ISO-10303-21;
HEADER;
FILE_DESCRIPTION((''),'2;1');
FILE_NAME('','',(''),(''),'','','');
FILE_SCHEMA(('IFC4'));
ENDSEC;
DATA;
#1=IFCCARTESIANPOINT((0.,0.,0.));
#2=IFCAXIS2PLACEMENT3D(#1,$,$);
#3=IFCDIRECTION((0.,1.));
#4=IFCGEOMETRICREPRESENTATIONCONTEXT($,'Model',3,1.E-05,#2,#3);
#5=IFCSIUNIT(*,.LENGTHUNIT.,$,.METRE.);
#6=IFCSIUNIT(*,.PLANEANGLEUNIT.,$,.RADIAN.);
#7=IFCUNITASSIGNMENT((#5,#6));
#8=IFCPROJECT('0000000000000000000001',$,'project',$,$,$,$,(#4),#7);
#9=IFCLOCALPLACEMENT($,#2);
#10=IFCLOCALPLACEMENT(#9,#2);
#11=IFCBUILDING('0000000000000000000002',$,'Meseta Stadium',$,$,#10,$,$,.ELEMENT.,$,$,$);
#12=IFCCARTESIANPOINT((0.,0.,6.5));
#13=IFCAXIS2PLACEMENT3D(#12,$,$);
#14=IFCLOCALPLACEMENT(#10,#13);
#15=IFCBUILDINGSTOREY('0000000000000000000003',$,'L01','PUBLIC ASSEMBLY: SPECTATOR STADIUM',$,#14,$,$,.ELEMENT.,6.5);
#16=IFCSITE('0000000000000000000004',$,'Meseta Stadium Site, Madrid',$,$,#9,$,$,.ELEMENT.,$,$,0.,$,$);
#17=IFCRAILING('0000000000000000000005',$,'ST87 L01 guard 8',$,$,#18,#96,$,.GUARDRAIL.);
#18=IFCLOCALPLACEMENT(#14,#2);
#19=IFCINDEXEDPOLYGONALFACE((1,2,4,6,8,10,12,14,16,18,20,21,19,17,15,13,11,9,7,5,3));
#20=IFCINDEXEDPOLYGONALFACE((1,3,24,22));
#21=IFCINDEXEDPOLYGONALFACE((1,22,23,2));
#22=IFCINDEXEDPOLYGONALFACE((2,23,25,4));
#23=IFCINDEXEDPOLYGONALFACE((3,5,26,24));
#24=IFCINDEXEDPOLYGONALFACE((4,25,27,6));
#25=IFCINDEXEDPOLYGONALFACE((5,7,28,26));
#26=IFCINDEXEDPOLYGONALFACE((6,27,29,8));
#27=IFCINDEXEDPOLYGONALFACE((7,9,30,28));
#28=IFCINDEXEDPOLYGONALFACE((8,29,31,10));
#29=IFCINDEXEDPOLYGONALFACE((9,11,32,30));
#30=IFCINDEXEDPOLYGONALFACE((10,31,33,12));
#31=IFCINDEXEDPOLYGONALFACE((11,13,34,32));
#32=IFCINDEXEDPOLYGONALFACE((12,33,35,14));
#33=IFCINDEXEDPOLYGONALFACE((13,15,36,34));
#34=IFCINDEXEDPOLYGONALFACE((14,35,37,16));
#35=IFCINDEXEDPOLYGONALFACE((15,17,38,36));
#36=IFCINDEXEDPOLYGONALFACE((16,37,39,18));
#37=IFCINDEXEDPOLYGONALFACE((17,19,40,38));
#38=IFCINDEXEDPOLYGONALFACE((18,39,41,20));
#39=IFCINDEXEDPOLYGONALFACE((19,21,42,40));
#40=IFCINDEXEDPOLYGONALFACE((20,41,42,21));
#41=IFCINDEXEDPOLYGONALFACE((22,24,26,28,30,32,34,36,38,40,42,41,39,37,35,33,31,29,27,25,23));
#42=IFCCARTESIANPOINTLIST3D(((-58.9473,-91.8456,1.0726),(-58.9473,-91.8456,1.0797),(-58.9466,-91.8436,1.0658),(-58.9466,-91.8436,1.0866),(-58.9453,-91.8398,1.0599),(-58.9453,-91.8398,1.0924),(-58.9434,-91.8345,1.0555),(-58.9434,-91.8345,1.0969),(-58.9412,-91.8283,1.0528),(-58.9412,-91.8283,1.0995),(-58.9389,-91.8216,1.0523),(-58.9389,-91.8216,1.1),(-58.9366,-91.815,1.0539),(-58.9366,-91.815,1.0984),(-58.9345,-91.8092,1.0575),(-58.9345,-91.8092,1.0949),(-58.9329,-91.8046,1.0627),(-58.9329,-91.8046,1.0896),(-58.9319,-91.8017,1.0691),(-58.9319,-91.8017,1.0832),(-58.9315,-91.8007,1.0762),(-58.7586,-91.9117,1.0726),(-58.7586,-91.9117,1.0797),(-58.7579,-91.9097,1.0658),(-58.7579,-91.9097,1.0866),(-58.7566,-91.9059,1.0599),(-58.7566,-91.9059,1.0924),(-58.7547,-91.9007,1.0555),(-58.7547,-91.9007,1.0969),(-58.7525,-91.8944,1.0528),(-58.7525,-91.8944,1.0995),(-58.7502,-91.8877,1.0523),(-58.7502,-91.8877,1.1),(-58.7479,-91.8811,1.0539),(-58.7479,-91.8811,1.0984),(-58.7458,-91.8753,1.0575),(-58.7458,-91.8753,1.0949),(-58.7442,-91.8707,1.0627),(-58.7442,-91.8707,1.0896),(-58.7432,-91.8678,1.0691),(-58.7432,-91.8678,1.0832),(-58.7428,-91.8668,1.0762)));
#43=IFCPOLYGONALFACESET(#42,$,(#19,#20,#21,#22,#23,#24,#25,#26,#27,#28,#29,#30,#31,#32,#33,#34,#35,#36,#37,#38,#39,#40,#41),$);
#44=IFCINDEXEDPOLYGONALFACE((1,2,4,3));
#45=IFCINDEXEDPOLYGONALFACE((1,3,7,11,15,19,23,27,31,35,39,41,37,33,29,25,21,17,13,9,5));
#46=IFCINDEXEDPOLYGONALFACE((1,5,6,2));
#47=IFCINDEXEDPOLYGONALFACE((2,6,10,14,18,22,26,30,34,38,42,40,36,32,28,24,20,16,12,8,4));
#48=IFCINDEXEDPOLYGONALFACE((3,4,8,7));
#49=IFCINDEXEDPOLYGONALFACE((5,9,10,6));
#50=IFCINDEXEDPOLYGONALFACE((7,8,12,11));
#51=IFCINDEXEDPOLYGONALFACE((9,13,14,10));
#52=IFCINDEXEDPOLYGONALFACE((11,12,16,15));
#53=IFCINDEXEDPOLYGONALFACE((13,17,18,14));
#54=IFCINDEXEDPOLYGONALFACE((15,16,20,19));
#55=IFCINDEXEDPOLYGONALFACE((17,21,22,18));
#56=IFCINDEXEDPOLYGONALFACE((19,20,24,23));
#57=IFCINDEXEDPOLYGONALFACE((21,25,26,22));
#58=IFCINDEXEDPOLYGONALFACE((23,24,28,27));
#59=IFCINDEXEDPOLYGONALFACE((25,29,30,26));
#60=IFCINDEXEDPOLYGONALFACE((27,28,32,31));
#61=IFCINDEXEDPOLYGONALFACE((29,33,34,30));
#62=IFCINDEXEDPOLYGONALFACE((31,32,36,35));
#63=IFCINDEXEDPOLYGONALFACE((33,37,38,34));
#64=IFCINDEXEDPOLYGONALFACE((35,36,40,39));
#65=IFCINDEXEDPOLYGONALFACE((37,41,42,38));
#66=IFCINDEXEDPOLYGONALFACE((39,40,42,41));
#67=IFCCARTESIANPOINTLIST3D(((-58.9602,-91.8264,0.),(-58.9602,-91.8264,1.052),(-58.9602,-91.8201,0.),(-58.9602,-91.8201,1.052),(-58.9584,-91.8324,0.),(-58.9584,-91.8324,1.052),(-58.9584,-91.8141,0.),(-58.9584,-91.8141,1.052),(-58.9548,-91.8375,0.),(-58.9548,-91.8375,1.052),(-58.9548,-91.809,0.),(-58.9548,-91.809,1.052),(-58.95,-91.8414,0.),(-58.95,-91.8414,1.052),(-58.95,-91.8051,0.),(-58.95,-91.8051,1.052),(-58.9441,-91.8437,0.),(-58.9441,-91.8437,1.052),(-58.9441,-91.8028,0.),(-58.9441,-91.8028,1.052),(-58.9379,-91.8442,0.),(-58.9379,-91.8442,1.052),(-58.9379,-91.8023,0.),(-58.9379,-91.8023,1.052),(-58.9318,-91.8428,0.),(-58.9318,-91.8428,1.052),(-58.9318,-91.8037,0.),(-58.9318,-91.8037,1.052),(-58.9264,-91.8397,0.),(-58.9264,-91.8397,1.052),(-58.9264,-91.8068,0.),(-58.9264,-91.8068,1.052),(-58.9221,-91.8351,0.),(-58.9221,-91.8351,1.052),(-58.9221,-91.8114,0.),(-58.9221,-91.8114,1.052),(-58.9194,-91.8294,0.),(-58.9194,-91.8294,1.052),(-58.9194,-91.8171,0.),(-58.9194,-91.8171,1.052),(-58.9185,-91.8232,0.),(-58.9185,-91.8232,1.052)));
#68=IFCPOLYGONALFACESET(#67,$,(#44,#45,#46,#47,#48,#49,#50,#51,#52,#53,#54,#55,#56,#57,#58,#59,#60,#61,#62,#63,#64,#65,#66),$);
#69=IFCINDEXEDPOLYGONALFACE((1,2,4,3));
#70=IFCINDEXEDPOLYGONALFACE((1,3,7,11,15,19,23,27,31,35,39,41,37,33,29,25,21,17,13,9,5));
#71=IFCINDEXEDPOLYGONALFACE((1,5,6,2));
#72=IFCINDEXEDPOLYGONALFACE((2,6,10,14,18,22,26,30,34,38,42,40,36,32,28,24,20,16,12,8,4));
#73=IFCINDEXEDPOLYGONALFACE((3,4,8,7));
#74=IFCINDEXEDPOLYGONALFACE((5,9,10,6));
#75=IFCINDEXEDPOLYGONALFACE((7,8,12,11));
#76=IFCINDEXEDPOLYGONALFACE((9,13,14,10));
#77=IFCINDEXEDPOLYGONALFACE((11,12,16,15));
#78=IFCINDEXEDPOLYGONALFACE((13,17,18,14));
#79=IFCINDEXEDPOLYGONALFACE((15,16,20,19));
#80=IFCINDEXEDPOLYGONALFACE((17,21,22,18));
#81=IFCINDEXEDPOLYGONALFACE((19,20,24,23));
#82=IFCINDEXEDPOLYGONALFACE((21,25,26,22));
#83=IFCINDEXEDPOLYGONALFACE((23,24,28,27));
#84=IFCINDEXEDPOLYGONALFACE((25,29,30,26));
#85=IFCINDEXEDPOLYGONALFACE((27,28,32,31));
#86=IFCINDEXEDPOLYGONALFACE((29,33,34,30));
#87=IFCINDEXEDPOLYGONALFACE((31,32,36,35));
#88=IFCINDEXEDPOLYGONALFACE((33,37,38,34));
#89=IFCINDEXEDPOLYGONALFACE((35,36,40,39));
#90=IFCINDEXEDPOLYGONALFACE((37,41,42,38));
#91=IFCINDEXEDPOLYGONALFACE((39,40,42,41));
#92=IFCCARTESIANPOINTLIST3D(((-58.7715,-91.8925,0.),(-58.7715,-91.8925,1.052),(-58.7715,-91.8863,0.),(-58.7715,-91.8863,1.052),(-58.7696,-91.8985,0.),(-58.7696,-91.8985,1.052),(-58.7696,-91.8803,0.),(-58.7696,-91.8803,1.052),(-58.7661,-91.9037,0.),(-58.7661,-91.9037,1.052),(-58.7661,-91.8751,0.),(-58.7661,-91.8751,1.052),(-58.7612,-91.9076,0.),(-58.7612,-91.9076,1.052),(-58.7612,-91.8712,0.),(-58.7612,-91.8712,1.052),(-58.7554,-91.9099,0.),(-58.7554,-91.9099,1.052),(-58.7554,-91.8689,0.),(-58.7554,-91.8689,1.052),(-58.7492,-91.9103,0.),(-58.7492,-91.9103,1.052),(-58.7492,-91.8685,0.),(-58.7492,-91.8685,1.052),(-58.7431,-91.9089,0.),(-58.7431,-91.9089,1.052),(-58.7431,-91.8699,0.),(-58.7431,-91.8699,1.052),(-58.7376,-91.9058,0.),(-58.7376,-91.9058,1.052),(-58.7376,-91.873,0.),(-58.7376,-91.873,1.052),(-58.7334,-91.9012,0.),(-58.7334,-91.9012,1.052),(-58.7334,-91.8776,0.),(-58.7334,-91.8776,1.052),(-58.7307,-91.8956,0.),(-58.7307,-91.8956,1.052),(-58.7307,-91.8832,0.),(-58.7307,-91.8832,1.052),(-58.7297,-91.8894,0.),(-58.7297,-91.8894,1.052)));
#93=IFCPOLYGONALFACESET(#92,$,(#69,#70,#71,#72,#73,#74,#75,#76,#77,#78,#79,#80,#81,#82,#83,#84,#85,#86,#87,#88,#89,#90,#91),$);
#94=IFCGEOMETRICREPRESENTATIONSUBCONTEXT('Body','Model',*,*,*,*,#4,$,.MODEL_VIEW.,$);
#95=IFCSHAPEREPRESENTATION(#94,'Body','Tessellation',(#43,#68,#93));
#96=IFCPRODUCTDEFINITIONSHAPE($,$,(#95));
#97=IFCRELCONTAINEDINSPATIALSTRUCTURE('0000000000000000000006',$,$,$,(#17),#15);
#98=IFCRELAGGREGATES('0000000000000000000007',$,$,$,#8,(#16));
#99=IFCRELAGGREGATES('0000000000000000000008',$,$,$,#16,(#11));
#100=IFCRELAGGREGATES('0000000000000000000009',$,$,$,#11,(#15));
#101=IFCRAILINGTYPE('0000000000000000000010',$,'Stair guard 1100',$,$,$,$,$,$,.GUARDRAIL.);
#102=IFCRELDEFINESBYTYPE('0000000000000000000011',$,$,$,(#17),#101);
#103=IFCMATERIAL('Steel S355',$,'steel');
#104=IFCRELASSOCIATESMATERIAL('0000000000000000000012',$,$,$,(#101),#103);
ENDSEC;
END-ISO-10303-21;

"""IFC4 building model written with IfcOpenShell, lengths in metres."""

from ifc_helpers import new_model, si_unit, direction, frame, origin, origin_2d, place, context, subcontext, project, spatial, circle, extrude, material, type_object, element, save


model = new_model("IFC4")

# Units and contexts
model_context = context("Model", 3, precision=1e-05, world=origin(), true_north=direction((0.0, 1.0)))
body_context = subcontext(model_context, "Body", "Model", "MODEL_VIEW")
ifc_project = project(units=[si_unit("LENGTHUNIT", "METRE"), si_unit("PLANEANGLEUNIT", "RADIAN")], contexts=[model_context])

# Site, building, storey
site_placement = place(None, origin())
site = spatial("IfcSite", under=ifc_project, at=site_placement, Name="Meseta Stadium Site, Madrid", CompositionType="ELEMENT", RefElevation=0.0)
building_placement = place(site_placement, origin())
building = spatial("IfcBuilding", under=site, at=building_placement, Name="Meseta Stadium", CompositionType="ELEMENT")
storey_placement = place(building_placement, frame((0.0, 0.0, 6.5)))
storey = spatial("IfcBuildingStorey", under=building, at=storey_placement, Name="L01", Description="PUBLIC ASSEMBLY: SPECTATOR STADIUM", CompositionType="ELEMENT", Elevation=6.5)

# Railing
ifc_material_1 = material(Name="Steel S355", Category="steel")
railing_type_1 = type_object("IfcRailingType", Name="Stair guard 1100", PredefinedType="GUARDRAIL", material=ifc_material_1)
railing_1_placement = place(storey_placement, frame((-58.9395, -91.8232, 0.0)))
element("IfcRailing", 1, at=railing_1_placement, inside=storey, type_object=railing_type_1, Name="ST87 L01 guard 8", PredefinedType="GUARDRAIL", context=body_context, shape_type="SweptSolid", body=[
    extrude(circle(Radius=0.0239, at=origin_2d()), frame((0.0, 0.0, 1.0762), z_axis=(0.943687, -0.33084, 0.0), x_axis=(0.33084, 0.943687, 0.0)), (0.0, 0.0, 1.0), 0.2),
    extrude(circle(Radius=0.021, at=origin_2d()), origin(), (0.0, 0.0, 1.0), 1.052),
    extrude(circle(Radius=0.021, at=origin_2d()), frame((0.1887, -0.0662, 0.0)), (0.0, 0.0, 1.0), 1.052),
])

save(model, "model.ifc")
